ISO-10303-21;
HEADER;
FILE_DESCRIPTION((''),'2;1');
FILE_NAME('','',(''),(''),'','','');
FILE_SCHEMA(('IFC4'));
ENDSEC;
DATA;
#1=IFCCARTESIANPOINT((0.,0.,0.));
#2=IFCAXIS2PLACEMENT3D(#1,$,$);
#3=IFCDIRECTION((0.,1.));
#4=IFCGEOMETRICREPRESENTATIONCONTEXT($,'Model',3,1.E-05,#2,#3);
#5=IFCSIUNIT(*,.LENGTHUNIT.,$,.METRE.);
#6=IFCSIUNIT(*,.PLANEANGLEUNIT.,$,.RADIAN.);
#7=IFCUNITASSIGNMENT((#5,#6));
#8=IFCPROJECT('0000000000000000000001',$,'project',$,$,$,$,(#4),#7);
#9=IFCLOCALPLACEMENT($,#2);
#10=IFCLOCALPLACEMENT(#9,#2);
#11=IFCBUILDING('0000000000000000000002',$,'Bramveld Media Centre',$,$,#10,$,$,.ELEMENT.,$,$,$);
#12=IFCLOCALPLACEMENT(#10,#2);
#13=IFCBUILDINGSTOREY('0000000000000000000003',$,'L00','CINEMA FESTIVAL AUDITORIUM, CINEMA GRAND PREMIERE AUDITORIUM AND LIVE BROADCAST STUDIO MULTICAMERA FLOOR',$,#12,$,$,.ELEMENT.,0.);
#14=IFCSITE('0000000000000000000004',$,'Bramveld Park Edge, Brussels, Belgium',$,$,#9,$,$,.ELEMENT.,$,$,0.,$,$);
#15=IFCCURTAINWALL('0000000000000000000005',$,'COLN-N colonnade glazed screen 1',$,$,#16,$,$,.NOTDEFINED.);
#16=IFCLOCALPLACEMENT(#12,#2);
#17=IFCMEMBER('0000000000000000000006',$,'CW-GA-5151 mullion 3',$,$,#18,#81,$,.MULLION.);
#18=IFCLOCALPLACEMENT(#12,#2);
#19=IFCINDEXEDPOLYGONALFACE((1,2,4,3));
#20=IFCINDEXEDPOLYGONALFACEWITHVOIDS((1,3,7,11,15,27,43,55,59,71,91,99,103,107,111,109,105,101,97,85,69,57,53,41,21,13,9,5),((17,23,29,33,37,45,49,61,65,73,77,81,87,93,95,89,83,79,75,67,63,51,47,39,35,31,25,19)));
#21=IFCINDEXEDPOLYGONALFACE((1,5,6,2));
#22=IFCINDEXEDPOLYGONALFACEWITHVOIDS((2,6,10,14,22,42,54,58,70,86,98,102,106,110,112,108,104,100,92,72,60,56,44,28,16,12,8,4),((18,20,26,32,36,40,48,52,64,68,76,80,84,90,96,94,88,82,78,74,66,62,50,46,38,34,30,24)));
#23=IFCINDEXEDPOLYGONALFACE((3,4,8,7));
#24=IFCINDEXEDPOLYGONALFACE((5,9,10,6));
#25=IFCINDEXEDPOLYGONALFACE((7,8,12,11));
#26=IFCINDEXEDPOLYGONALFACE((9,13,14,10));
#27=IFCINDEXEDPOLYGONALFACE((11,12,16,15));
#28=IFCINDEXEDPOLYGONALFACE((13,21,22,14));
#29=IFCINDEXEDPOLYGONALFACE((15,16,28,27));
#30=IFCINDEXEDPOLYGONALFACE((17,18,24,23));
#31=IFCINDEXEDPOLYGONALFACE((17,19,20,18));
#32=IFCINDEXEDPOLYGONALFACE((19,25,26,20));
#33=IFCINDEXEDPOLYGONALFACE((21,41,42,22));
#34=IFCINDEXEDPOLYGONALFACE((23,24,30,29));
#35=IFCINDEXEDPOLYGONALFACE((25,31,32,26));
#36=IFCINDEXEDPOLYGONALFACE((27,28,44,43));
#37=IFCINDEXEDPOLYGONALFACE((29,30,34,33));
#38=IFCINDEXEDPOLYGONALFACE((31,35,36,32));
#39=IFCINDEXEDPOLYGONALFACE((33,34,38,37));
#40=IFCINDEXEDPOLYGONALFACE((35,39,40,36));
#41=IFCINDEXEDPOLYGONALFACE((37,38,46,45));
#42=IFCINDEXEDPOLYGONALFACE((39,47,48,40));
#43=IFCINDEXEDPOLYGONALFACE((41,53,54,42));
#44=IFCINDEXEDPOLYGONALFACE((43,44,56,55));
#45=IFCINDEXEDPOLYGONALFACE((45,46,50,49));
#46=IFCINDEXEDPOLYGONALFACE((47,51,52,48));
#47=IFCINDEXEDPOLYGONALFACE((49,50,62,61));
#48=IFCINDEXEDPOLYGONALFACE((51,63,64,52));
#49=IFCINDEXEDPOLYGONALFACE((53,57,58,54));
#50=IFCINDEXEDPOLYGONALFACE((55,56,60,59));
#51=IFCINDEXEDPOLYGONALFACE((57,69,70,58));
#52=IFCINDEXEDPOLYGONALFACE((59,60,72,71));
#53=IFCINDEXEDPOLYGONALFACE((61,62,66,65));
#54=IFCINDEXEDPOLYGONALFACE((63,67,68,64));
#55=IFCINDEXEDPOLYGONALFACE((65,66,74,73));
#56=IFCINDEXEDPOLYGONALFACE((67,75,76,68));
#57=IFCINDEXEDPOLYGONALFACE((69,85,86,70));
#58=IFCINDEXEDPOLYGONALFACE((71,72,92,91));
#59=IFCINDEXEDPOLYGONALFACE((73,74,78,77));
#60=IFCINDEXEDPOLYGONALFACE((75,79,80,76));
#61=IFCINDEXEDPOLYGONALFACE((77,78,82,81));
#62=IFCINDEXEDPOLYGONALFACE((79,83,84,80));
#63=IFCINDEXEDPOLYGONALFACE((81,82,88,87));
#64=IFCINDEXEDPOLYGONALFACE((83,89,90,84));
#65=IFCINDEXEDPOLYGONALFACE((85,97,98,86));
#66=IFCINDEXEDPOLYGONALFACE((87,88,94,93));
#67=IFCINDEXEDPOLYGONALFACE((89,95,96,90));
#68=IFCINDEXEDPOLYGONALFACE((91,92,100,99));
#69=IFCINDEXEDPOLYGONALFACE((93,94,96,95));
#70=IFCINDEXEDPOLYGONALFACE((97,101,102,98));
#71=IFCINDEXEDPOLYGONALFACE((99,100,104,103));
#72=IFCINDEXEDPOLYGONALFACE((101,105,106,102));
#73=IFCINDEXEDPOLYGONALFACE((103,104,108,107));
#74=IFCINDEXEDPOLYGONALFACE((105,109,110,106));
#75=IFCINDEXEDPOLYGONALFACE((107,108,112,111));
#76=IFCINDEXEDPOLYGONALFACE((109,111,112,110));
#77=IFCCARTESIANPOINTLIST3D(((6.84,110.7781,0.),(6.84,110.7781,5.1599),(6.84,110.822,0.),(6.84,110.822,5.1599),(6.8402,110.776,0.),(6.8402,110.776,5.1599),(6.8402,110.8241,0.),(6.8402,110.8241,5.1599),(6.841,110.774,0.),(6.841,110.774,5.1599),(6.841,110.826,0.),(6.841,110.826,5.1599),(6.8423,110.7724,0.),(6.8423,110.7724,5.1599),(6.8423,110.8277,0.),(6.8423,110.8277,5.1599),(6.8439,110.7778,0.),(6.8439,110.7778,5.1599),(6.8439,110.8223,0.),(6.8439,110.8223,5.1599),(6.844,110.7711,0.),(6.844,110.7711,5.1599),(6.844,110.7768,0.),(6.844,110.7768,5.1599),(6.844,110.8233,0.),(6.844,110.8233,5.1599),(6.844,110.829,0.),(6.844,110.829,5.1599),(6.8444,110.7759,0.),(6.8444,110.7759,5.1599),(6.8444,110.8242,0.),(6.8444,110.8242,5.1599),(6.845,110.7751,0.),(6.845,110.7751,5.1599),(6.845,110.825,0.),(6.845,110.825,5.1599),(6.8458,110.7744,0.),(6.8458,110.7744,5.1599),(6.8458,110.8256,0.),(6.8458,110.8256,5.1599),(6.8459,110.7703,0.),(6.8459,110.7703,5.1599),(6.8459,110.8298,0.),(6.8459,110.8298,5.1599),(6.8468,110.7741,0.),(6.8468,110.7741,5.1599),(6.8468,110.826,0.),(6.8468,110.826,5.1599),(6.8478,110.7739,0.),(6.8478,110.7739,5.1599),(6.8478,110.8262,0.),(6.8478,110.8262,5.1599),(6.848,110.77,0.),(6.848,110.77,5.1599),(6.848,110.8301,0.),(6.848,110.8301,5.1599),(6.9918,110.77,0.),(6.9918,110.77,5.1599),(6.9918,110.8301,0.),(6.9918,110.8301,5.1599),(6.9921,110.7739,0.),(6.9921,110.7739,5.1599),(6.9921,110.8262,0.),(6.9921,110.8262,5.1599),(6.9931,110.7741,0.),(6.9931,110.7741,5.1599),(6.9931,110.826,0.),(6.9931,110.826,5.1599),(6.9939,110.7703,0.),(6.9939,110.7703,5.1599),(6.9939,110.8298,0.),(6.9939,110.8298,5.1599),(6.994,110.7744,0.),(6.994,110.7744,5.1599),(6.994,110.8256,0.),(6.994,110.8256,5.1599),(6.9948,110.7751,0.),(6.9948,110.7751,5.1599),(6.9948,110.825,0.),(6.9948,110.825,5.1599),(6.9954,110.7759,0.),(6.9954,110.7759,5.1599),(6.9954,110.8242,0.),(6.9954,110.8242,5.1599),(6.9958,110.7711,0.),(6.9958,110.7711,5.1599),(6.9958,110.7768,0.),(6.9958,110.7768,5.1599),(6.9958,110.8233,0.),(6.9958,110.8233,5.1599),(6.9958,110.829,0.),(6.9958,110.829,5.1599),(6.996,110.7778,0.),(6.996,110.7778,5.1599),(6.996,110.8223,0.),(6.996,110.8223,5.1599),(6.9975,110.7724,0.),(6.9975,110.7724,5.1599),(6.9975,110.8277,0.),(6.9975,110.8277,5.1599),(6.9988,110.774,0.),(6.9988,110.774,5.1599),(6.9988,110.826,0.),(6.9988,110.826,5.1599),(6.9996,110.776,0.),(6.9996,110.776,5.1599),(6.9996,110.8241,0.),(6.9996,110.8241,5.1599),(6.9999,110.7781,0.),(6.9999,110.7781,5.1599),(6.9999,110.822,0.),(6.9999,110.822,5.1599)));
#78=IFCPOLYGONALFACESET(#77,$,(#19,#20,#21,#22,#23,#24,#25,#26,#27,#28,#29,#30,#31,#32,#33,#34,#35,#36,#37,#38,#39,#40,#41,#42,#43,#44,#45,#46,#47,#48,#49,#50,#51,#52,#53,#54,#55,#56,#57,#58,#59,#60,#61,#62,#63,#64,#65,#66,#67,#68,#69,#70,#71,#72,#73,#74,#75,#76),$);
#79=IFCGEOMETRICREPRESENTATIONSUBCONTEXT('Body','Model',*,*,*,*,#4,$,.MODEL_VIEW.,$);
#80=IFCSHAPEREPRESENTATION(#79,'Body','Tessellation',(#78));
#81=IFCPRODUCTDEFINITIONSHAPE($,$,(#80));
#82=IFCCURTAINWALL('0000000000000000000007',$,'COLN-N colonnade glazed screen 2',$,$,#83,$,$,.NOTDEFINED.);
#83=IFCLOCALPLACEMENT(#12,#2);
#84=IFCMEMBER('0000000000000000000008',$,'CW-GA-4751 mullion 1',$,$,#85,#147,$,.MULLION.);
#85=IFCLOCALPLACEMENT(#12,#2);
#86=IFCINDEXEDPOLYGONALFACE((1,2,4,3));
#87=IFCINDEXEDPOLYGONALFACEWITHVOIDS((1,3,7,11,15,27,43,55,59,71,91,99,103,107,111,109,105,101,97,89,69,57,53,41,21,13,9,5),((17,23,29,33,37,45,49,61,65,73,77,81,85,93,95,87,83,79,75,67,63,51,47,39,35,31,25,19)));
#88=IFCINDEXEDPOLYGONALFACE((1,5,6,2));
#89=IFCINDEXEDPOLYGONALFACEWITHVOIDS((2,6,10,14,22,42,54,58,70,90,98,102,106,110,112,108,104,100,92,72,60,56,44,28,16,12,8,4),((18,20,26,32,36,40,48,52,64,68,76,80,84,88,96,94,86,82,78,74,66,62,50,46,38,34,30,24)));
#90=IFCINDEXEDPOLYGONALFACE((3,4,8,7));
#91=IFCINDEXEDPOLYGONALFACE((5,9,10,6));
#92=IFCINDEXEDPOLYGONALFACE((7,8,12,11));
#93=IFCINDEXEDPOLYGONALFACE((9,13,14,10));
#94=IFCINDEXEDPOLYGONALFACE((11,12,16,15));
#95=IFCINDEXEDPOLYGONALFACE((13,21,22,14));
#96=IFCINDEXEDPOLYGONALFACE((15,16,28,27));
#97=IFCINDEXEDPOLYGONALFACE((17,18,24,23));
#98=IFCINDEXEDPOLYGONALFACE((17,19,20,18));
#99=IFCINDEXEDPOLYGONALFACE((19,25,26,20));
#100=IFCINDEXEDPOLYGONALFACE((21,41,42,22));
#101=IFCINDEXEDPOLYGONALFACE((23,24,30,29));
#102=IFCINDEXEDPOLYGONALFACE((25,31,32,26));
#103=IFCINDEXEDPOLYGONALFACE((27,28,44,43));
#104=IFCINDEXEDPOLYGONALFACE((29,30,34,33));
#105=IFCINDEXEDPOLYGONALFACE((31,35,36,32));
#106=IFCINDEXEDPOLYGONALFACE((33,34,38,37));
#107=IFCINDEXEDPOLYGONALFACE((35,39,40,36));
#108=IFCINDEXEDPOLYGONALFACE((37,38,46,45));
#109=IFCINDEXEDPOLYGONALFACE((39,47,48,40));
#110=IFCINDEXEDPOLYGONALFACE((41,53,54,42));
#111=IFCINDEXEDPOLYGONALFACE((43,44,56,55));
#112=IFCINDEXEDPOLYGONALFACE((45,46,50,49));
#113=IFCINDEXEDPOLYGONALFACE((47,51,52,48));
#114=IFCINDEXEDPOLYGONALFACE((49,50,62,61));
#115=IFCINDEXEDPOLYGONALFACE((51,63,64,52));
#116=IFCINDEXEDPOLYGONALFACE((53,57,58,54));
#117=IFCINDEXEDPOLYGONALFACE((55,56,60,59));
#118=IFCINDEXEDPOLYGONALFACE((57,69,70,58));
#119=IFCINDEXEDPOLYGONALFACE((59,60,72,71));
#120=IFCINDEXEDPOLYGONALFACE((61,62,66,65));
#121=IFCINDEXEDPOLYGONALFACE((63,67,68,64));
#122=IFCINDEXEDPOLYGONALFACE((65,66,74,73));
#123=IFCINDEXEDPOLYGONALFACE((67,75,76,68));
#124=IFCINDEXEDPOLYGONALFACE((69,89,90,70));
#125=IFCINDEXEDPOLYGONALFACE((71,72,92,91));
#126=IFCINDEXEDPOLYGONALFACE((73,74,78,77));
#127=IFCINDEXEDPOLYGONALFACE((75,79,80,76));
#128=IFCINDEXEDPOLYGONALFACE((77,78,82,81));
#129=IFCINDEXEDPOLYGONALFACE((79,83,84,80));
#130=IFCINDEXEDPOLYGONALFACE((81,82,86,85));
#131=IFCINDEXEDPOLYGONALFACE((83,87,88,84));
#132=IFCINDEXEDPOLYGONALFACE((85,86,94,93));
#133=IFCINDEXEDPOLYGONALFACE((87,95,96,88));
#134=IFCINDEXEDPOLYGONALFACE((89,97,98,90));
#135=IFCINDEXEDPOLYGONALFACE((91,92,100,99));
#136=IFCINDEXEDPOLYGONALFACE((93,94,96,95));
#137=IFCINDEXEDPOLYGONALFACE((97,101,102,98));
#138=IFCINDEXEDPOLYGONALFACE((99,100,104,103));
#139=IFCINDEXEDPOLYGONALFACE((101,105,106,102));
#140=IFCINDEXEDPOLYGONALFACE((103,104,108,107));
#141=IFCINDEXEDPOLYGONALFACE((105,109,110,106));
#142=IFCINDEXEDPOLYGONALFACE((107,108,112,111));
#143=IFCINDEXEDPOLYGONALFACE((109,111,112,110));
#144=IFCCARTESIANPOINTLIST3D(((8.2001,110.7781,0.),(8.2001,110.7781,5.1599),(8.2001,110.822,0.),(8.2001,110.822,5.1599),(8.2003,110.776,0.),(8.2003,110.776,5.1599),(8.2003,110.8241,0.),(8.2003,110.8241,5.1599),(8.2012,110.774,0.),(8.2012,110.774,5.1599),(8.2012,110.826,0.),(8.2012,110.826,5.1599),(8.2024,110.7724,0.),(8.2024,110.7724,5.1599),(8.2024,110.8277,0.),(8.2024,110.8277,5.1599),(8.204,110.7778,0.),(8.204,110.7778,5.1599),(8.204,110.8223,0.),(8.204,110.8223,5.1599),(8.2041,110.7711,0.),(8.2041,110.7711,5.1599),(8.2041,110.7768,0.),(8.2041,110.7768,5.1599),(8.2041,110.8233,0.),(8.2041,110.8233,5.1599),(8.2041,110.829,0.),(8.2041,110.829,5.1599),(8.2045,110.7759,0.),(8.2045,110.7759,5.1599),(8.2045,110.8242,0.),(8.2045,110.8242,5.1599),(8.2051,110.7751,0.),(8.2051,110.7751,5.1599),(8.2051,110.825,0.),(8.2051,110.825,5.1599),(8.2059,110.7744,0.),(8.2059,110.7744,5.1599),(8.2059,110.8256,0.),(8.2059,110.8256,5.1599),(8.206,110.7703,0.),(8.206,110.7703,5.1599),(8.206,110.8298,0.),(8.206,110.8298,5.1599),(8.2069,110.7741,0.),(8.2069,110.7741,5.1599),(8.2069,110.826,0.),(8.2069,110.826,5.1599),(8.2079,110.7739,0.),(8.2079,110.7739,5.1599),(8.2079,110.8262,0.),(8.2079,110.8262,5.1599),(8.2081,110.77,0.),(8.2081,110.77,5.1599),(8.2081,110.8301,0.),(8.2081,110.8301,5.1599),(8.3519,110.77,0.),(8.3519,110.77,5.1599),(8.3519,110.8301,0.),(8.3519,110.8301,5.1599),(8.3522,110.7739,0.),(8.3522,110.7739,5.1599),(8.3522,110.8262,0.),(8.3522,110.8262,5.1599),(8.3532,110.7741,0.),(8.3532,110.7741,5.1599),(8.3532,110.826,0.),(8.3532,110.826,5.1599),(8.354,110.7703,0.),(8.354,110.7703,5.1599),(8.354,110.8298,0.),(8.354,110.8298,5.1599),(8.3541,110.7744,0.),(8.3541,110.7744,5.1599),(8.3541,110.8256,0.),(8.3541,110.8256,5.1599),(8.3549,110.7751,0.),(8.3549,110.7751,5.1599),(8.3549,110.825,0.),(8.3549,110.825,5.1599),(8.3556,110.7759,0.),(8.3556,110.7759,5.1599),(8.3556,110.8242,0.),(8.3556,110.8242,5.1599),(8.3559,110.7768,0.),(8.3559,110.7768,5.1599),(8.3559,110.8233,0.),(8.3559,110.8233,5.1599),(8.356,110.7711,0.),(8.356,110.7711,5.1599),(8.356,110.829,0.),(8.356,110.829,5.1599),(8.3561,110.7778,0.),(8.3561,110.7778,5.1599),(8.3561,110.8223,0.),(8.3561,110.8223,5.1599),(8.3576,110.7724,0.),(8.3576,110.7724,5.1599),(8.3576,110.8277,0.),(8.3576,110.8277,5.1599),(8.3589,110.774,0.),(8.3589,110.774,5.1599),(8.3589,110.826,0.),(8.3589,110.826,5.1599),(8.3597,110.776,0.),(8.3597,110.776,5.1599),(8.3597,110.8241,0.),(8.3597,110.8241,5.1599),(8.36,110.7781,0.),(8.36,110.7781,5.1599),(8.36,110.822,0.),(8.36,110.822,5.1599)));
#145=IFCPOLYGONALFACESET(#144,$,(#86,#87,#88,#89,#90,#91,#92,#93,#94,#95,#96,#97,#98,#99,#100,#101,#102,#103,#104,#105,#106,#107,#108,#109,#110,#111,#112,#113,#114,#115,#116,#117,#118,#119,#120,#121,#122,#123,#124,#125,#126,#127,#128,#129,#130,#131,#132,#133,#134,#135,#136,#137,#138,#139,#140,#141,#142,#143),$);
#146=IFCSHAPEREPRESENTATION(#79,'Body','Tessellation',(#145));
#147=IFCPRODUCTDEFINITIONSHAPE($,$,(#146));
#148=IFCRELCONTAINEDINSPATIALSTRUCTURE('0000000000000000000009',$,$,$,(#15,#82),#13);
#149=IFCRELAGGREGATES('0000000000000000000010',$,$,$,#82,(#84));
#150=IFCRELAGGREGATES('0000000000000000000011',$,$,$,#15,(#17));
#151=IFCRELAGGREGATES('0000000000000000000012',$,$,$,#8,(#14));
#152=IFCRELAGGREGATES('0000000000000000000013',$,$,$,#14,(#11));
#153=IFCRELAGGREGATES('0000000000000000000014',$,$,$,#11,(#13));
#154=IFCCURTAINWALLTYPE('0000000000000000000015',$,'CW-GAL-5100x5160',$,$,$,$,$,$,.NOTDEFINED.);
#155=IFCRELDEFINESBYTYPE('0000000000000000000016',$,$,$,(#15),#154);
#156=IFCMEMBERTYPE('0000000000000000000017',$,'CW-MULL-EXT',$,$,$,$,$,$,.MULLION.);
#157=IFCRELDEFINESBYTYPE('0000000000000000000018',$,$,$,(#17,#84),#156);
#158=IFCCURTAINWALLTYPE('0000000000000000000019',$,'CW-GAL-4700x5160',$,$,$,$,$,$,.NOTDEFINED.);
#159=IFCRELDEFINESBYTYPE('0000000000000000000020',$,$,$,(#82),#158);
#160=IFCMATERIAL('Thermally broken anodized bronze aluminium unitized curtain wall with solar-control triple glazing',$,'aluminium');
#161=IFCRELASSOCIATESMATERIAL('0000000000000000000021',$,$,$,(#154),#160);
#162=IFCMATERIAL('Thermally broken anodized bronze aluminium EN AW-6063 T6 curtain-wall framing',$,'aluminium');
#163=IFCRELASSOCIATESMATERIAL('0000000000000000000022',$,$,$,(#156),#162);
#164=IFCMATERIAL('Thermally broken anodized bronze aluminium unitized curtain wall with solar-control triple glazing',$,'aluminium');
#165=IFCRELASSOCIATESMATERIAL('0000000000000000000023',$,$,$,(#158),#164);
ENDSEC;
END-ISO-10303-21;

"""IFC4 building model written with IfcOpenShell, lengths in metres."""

from ifc_helpers import new_model, si_unit, direction, frame, origin, origin_2d, place, context, subcontext, project, spatial, hollow_rectangle, extrude, material, material_profile, profile_set, type_object, element, aggregate, save


model = new_model("IFC4")

# Units and contexts
model_context = context("Model", 3, precision=1e-05, world=origin(), true_north=direction((0.0, 1.0)))
body_context = subcontext(model_context, "Body", "Model", "MODEL_VIEW")
ifc_project = project(units=[si_unit("LENGTHUNIT", "METRE"), si_unit("PLANEANGLEUNIT", "RADIAN")], contexts=[model_context])

# Site, building, storey
site_placement = place(None, origin())
site = spatial("IfcSite", under=ifc_project, at=site_placement, Name="Bramveld Park Edge, Brussels, Belgium", CompositionType="ELEMENT", RefElevation=0.0)
building_placement = place(site_placement, origin())
building = spatial("IfcBuilding", under=site, at=building_placement, Name="Bramveld Media Centre", CompositionType="ELEMENT")
storey_placement = place(building_placement, origin())
storey = spatial("IfcBuildingStorey", under=building, at=storey_placement, Name="L00", Description="CINEMA FESTIVAL AUDITORIUM, CINEMA GRAND PREMIERE AUDITORIUM AND LIVE BROADCAST STUDIO MULTICAMERA FLOOR", CompositionType="ELEMENT", Elevation=0.0)

# Curtain walls, members
ifc_material_1 = material(Name="Thermally broken anodized bronze aluminium unitized curtain wall with solar-control triple glazing", Category="aluminium")
curtain_wall_type_1 = type_object("IfcCurtainWallType", Name="CW-GAL-5100x5160", PredefinedType="NOTDEFINED", material=ifc_material_1)
curtain_wall_1_placement = place(storey_placement, origin())
curtain_wall_1 = element("IfcCurtainWall", 1, at=curtain_wall_1_placement, inside=storey, type_object=curtain_wall_type_1, Name="COLN-N colonnade glazed screen 1", PredefinedType="NOTDEFINED")
ifc_material_2 = material(Name="Thermally broken anodized bronze aluminium EN AW-6063 T6 curtain-wall framing", Category="aluminium")
ifc_material_profile_1 = material_profile(ifc_material_2, hollow_rectangle(XDim=0.0601, YDim=0.1599, WallThickness=0.0039, InnerFilletRadius=0.0039, OuterFilletRadius=0.0081, at=origin_2d()), Name="AL-MULL 60x160")
ifc_profile_set_1 = profile_set([ifc_material_profile_1], Name="Thermally broken anodized bronze aluminium EN AW-6063 T6 curtain-wall framing")
member_type_1 = type_object("IfcMemberType", Name="CW-MULL-EXT", PredefinedType="MULLION", material=ifc_profile_set_1)
member_1_placement = place(storey_placement, frame((6.9199, 110.8, 0.0), z_axis=(0.0, 0.0, 1.0), x_axis=(0.0, 1.0, 0.0)))
member_1 = element("IfcMember", 2, at=member_1_placement, type_object=member_type_1, Name="CW-GA-5151 mullion 3", PredefinedType="MULLION", context=body_context, shape_type="SweptSolid", body=[
    extrude(hollow_rectangle(XDim=0.0601, YDim=0.1599, WallThickness=0.0039, InnerFilletRadius=0.0039, OuterFilletRadius=0.0081, at=origin_2d()), origin(), (0.0, 0.0, 1.0), 5.1599),
])
ifc_material_3 = material(Name="Thermally broken anodized bronze aluminium unitized curtain wall with solar-control triple glazing", Category="aluminium")
curtain_wall_type_2 = type_object("IfcCurtainWallType", Name="CW-GAL-4700x5160", PredefinedType="NOTDEFINED", material=ifc_material_3)
curtain_wall_2_placement = place(storey_placement, origin())
curtain_wall_2 = element("IfcCurtainWall", 3, at=curtain_wall_2_placement, inside=storey, type_object=curtain_wall_type_2, Name="COLN-N colonnade glazed screen 2", PredefinedType="NOTDEFINED")
member_2_placement = place(storey_placement, frame((8.28, 110.8, 0.0), z_axis=(0.0, 0.0, 1.0), x_axis=(0.0, 1.0, 0.0)))
member_2 = element("IfcMember", 4, at=member_2_placement, type_object=member_type_1, Name="CW-GA-4751 mullion 1", PredefinedType="MULLION", context=body_context, shape_type="SweptSolid", body=[
    extrude(hollow_rectangle(XDim=0.0601, YDim=0.1599, WallThickness=0.0039, InnerFilletRadius=0.0039, OuterFilletRadius=0.0081, at=origin_2d()), origin(), (0.0, 0.0, 1.0), 5.1599),
])

aggregate(curtain_wall_2, [member_2])

aggregate(curtain_wall_1, [member_1])

save(model, "model.ifc")
